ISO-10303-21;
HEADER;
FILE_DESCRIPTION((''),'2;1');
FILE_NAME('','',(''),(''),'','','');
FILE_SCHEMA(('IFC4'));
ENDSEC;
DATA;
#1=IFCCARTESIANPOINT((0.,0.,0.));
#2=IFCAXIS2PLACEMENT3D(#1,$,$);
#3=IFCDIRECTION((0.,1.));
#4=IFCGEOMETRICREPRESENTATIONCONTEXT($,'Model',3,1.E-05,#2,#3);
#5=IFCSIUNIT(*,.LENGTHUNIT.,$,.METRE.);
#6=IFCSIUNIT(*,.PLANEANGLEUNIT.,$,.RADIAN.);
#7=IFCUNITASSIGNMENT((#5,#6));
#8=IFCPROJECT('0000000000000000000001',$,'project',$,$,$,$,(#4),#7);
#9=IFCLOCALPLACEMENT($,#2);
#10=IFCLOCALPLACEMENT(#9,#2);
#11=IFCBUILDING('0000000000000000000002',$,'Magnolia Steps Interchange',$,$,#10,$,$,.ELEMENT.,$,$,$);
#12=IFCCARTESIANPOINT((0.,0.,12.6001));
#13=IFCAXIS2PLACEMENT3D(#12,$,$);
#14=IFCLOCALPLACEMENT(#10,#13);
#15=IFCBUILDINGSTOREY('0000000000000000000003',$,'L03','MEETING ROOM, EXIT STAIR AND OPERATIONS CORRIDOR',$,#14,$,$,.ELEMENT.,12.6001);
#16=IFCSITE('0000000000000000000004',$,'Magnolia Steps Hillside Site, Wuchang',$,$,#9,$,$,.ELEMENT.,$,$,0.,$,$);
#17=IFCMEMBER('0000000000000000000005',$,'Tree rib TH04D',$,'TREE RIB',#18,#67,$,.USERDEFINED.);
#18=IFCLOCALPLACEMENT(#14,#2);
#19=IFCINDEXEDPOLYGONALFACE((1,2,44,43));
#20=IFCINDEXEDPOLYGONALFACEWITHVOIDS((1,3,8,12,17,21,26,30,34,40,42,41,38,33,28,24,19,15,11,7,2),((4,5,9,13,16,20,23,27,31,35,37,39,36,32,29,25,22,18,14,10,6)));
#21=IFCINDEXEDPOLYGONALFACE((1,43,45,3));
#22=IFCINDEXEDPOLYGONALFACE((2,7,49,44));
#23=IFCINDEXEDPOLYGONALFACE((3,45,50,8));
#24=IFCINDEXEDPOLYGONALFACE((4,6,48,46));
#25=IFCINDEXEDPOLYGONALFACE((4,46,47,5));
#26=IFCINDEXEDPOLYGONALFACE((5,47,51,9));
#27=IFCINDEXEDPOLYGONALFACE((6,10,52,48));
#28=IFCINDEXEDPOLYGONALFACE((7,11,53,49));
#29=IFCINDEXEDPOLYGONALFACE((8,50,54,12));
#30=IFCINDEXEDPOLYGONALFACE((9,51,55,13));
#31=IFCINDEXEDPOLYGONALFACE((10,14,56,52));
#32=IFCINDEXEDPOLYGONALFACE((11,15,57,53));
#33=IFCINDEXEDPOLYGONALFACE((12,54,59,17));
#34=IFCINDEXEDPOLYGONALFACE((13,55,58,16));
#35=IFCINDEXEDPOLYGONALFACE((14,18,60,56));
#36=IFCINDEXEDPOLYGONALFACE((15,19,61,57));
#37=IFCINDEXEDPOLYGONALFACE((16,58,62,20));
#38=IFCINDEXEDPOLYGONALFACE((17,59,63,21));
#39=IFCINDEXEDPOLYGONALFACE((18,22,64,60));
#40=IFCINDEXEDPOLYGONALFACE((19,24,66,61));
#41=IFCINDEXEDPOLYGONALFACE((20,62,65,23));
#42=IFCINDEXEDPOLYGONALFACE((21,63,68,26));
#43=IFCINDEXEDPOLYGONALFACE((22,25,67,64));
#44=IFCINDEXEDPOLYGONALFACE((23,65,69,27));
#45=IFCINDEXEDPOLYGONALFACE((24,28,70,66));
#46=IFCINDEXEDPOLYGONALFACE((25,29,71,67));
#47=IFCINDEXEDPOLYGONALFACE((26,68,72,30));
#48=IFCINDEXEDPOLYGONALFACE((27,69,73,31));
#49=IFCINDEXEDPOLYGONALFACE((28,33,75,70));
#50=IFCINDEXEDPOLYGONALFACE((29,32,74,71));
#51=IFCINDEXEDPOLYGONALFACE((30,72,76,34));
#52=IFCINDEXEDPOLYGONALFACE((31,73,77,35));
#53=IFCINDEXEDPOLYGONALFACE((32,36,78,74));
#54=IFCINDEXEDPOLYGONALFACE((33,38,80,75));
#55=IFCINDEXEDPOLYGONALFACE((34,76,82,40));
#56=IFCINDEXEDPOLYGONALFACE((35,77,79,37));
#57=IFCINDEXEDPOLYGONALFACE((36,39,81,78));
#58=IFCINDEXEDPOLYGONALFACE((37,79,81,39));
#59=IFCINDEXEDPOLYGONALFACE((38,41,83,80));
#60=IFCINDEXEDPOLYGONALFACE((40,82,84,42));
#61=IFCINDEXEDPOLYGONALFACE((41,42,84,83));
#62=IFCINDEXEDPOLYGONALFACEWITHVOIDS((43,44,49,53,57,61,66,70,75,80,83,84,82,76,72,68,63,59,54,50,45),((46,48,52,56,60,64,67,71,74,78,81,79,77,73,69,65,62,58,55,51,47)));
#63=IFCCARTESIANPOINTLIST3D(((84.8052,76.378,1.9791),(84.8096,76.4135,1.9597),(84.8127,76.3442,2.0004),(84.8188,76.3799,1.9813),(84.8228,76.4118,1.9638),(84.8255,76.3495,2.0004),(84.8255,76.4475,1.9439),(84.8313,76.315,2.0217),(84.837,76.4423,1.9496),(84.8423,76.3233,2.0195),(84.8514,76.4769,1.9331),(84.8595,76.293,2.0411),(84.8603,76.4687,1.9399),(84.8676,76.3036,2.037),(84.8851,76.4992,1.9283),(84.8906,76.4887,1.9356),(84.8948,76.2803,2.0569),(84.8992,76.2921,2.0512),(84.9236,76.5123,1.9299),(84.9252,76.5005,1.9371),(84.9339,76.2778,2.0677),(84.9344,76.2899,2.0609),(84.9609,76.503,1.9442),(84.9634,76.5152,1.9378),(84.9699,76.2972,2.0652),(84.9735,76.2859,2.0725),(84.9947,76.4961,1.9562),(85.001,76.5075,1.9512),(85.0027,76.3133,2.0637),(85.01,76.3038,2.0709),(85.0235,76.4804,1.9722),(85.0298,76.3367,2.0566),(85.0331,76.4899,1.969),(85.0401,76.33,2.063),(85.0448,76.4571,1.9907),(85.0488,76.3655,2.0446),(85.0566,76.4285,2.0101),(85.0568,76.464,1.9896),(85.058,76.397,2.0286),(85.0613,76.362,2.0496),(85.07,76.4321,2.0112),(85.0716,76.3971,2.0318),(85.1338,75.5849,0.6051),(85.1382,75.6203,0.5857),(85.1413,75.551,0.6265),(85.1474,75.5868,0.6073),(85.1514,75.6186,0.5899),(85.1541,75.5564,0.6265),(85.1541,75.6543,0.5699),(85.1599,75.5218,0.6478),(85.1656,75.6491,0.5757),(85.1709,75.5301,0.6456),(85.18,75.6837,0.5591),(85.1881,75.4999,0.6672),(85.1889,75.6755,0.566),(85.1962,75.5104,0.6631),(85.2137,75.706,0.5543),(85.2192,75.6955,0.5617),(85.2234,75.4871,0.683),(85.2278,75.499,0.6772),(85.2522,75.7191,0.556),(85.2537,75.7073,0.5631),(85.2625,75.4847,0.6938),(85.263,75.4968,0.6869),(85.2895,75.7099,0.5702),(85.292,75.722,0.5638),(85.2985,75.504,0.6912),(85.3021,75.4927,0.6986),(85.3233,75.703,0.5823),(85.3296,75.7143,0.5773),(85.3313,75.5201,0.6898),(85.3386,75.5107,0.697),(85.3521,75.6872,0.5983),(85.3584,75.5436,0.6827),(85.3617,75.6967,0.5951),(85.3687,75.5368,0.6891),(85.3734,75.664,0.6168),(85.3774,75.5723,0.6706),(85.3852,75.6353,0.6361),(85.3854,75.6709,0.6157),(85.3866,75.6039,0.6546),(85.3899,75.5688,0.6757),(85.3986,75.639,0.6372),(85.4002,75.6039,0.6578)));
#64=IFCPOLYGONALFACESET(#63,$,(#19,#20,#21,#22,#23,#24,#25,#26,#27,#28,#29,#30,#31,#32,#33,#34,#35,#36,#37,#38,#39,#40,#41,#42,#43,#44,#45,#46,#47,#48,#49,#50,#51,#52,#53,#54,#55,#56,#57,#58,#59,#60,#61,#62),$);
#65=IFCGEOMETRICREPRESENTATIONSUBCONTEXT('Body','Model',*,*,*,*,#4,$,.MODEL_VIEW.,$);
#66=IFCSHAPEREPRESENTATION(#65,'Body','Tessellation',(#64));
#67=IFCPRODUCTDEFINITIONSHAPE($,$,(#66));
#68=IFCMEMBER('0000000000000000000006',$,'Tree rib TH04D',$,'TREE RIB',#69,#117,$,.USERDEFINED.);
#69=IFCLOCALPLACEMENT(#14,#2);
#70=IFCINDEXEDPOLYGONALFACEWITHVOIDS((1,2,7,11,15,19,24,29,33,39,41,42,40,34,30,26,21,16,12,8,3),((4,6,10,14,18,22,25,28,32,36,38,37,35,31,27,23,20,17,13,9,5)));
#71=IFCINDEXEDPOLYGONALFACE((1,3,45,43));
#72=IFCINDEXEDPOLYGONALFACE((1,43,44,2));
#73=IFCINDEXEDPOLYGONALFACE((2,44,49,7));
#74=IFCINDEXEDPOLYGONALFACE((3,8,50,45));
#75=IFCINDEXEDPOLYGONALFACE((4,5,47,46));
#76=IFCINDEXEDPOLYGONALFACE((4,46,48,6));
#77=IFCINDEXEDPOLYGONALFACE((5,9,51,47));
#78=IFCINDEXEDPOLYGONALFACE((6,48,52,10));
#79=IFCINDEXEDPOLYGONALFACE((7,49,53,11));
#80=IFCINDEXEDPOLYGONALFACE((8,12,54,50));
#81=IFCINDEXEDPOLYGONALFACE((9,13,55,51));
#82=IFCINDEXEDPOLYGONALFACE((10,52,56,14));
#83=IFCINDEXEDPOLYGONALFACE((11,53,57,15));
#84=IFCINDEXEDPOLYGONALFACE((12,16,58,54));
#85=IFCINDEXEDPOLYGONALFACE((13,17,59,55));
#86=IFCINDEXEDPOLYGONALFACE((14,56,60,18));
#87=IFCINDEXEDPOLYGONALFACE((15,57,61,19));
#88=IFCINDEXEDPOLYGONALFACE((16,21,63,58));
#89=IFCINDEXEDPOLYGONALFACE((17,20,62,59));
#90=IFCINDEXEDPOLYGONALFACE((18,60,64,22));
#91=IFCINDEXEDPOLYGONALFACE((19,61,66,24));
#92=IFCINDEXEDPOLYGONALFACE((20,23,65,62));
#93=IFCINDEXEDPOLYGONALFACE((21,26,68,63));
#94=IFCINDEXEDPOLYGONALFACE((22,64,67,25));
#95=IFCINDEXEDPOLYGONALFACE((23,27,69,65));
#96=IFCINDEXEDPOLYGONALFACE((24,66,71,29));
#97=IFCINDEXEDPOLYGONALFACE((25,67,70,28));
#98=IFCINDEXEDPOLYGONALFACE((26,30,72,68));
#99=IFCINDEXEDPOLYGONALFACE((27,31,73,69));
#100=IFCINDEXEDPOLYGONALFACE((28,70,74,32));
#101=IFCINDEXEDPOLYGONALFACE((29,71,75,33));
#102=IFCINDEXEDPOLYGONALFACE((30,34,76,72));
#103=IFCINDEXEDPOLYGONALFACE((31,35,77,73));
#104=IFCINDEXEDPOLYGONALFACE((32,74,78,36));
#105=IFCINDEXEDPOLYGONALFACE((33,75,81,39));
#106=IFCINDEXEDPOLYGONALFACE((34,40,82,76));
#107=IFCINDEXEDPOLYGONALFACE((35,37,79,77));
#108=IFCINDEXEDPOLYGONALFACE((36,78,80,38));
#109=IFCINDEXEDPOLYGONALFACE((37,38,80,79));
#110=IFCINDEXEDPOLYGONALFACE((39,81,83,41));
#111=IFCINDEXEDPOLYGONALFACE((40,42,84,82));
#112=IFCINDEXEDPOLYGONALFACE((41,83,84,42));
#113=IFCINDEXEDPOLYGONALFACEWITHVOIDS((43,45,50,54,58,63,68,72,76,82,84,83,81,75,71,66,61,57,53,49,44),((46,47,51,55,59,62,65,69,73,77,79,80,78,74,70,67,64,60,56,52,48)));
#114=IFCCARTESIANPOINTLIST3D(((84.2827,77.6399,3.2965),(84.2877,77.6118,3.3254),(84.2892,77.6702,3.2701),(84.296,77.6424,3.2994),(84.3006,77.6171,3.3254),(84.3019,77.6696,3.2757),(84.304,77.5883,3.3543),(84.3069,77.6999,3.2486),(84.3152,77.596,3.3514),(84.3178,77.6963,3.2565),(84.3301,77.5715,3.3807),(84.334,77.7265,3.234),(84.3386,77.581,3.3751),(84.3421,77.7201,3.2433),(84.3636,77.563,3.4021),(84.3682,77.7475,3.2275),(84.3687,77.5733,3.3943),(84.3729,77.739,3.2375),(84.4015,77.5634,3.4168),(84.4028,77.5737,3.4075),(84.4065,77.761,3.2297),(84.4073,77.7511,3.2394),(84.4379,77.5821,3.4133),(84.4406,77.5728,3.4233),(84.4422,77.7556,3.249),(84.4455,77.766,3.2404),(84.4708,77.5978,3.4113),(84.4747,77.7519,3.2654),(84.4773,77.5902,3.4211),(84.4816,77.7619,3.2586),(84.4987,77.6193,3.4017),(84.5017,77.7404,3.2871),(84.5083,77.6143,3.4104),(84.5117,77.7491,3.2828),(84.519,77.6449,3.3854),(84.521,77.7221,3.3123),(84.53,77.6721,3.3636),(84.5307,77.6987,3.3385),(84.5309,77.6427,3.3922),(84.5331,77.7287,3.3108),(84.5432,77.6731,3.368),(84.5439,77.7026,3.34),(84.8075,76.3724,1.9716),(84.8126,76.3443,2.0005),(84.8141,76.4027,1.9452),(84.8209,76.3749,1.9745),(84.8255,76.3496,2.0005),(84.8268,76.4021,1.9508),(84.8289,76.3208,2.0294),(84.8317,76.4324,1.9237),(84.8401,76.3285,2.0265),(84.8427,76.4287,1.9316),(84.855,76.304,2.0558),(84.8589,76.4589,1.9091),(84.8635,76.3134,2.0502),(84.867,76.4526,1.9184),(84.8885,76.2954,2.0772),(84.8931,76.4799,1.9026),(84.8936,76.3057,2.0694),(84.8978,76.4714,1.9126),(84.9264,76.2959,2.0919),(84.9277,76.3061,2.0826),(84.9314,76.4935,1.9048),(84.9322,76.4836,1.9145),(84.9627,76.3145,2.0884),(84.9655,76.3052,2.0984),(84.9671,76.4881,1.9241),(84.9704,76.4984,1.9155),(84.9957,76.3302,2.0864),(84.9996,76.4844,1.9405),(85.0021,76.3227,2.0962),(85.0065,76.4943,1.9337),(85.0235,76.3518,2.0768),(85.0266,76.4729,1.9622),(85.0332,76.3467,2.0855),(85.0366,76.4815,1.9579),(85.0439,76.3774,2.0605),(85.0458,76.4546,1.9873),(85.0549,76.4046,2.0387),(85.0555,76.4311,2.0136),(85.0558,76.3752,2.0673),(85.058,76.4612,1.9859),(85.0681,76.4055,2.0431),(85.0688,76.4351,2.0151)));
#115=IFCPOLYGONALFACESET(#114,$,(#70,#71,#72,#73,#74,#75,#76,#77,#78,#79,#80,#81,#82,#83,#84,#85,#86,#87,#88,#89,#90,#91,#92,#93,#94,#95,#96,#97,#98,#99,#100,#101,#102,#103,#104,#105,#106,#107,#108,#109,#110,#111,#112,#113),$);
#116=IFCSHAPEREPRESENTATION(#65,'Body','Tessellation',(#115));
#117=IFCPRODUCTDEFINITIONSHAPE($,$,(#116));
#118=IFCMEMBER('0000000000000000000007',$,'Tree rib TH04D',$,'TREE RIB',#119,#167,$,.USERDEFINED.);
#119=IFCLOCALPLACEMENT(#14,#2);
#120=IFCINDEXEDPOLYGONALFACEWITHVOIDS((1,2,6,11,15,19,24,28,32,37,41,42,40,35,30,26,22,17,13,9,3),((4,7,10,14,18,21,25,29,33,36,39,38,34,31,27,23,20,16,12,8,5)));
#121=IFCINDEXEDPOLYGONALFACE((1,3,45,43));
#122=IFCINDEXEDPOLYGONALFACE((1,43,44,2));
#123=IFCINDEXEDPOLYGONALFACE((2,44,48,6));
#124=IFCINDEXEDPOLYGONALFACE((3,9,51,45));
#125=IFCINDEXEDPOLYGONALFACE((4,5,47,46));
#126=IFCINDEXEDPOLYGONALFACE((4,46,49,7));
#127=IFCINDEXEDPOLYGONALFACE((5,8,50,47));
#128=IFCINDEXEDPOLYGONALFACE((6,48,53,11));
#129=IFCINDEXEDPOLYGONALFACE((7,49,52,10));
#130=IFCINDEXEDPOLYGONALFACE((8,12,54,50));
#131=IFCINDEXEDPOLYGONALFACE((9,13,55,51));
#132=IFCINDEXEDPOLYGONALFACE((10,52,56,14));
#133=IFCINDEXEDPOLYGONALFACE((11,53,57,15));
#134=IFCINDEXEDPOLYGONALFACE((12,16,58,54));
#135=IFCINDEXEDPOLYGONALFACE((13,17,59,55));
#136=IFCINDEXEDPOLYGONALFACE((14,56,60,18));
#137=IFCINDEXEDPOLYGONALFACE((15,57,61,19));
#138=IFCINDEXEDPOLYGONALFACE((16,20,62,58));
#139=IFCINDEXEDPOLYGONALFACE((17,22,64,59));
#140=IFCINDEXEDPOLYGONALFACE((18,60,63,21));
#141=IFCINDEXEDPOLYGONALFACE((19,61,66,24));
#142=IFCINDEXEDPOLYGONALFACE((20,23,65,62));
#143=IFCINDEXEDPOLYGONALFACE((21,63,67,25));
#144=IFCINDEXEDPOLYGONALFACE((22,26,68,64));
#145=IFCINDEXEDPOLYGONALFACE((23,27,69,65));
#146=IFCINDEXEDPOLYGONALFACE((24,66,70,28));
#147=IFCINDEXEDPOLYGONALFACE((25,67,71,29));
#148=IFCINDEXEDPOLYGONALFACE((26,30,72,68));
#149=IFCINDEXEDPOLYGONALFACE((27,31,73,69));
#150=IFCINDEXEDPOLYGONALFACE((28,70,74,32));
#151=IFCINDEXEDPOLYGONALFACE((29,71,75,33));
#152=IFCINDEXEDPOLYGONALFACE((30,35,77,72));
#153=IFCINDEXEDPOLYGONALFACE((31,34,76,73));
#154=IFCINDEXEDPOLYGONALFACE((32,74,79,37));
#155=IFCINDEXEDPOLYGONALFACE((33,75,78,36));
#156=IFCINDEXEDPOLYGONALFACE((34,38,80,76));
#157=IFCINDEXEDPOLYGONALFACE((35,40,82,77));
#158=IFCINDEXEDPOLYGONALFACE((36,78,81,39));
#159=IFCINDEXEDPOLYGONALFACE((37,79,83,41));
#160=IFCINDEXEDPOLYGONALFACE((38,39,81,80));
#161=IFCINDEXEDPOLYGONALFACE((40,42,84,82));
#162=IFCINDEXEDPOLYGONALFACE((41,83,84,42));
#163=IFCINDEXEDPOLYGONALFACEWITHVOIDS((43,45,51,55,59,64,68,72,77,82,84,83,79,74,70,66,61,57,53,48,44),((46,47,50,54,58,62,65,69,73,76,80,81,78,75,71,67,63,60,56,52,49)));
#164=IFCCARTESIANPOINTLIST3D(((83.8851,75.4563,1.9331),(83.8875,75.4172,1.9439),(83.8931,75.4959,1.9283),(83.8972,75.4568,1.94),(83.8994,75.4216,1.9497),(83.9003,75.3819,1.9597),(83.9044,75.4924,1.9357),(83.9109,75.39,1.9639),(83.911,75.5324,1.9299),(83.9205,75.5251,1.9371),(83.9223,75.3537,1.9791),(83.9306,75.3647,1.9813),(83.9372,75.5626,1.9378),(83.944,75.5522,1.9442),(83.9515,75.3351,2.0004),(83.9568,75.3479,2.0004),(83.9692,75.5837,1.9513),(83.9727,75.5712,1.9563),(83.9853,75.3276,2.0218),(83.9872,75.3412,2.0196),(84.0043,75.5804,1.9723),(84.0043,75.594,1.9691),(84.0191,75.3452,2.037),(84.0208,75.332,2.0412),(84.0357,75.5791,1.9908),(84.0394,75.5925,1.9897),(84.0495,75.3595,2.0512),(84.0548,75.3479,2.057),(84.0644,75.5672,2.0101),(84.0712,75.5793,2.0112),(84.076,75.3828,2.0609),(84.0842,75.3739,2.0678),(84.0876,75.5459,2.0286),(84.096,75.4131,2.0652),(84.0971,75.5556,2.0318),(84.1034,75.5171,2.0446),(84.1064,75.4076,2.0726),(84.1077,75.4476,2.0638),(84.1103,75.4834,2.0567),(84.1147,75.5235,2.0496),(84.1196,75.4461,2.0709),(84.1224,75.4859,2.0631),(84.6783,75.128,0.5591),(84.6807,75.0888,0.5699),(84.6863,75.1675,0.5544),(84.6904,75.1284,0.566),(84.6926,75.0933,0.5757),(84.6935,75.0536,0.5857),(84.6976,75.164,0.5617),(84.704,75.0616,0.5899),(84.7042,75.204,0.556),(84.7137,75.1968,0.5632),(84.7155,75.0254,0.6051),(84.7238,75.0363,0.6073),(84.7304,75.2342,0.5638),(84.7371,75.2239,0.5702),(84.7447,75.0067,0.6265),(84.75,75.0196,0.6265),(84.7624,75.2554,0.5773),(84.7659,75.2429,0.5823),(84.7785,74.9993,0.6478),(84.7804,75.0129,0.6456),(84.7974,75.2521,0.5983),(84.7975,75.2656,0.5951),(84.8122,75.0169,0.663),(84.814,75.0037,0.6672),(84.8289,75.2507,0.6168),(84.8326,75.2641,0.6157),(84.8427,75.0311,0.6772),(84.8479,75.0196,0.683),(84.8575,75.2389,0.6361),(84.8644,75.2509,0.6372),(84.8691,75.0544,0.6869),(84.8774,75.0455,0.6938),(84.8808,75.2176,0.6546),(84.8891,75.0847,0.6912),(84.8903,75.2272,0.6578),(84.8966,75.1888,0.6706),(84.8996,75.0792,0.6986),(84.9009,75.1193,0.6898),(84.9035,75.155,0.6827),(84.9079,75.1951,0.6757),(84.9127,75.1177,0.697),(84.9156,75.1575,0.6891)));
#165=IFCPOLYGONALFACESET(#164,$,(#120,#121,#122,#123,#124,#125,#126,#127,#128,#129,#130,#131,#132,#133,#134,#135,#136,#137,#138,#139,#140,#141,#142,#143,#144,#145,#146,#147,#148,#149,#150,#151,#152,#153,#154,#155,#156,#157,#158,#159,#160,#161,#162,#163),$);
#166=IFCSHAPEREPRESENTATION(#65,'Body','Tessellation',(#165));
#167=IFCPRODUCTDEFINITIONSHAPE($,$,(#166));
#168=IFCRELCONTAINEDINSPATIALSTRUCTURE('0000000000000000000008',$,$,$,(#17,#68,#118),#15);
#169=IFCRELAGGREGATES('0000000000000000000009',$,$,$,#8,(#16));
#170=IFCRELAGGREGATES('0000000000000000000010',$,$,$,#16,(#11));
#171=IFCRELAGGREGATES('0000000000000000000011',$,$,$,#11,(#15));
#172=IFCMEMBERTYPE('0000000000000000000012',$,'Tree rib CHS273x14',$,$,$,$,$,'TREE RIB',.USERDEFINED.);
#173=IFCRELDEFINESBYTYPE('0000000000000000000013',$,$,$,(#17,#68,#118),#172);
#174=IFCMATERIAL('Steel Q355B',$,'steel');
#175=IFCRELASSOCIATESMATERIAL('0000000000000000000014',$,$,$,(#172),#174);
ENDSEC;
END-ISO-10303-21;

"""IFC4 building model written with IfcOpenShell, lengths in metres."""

from ifc_helpers import new_model, si_unit, direction, frame, origin, origin_2d, place, context, subcontext, project, spatial, hollow_circle, extrude, material, material_profile, profile_set, type_object, element, save


model = new_model("IFC4")

# Units and contexts
model_context = context("Model", 3, precision=1e-05, world=origin(), true_north=direction((0.0, 1.0)))
body_context = subcontext(model_context, "Body", "Model", "MODEL_VIEW")
ifc_project = project(units=[si_unit("LENGTHUNIT", "METRE"), si_unit("PLANEANGLEUNIT", "RADIAN")], contexts=[model_context])

# Site, building, storey
site_placement = place(None, origin())
site = spatial("IfcSite", under=ifc_project, at=site_placement, Name="Magnolia Steps Hillside Site, Wuchang", CompositionType="ELEMENT", RefElevation=0.0)
building_placement = place(site_placement, origin())
building = spatial("IfcBuilding", under=site, at=building_placement, Name="Magnolia Steps Interchange", CompositionType="ELEMENT")
storey_placement = place(building_placement, frame((0.0, 0.0, 12.6001)))
storey = spatial("IfcBuildingStorey", under=building, at=storey_placement, Name="L03", Description="MEETING ROOM, EXIT STAIR AND OPERATIONS CORRIDOR", CompositionType="ELEMENT", Elevation=12.6001)

# Members
ifc_material_1 = material(Name="Steel Q355B", Category="steel")
ifc_material_profile_1 = material_profile(ifc_material_1, hollow_circle(Radius=0.1365, WallThickness=0.0139, at=origin_2d()), Name="CHS273x14")
ifc_profile_set_1 = profile_set([ifc_material_profile_1], Name="Steel Q355B")
member_type = type_object("IfcMemberType", Name="Tree rib CHS273x14", ElementType="TREE RIB", PredefinedType="USERDEFINED", material=ifc_profile_set_1)
for number, where, z_axis, x_axis, name in (
    (1, (85.2673, 75.6033, 0.6265), (-0.20282, 0.489571, 0.848047), (-0.923857, -0.382737, 0.0), "Tree rib TH04D"),
):
    element("IfcMember", number, at=place(storey_placement, frame(where, z_axis=z_axis, x_axis=x_axis)), inside=storey, type_object=member_type, Name=name, ObjectType="TREE RIB", PredefinedType="USERDEFINED", context=body_context, shape_type="SweptSolid", body=[
        extrude(hollow_circle(Radius=0.1365, WallThickness=0.0139, at=origin_2d()), origin(), (0.0, 0.0, 1.0), 1.6201),
    ])
member_1_placement = place(storey_placement, frame((84.9387, 76.3965, 2.0005), z_axis=(-0.275208, 0.664595, 0.694676), x_axis=(-0.923917, -0.382593, 0.0)))
element("IfcMember", 2, at=member_1_placement, inside=storey, type_object=member_type, Name="Tree rib TH04D", ObjectType="TREE RIB", PredefinedType="USERDEFINED", context=body_context, shape_type="SweptSolid", body=[
    extrude(hollow_circle(Radius=0.1365, WallThickness=0.0139, at=origin_2d()), origin(), (0.0, 0.0, 1.0), 1.9072),
])
member_2_placement = place(storey_placement, frame((84.7969, 75.1328, 0.6265), z_axis=(-0.489586, 0.202676, 0.848073), x_axis=(-0.382494, -0.923958, 0.0)))
element("IfcMember", 3, at=member_2_placement, inside=storey, type_object=member_type, Name="Tree rib TH04D", ObjectType="TREE RIB", PredefinedType="USERDEFINED", context=body_context, shape_type="SweptSolid", body=[
    extrude(hollow_circle(Radius=0.1365, WallThickness=0.0139, at=origin_2d()), origin(), (0.0, 0.0, 1.0), 1.6201),
])

save(model, "model.ifc")
